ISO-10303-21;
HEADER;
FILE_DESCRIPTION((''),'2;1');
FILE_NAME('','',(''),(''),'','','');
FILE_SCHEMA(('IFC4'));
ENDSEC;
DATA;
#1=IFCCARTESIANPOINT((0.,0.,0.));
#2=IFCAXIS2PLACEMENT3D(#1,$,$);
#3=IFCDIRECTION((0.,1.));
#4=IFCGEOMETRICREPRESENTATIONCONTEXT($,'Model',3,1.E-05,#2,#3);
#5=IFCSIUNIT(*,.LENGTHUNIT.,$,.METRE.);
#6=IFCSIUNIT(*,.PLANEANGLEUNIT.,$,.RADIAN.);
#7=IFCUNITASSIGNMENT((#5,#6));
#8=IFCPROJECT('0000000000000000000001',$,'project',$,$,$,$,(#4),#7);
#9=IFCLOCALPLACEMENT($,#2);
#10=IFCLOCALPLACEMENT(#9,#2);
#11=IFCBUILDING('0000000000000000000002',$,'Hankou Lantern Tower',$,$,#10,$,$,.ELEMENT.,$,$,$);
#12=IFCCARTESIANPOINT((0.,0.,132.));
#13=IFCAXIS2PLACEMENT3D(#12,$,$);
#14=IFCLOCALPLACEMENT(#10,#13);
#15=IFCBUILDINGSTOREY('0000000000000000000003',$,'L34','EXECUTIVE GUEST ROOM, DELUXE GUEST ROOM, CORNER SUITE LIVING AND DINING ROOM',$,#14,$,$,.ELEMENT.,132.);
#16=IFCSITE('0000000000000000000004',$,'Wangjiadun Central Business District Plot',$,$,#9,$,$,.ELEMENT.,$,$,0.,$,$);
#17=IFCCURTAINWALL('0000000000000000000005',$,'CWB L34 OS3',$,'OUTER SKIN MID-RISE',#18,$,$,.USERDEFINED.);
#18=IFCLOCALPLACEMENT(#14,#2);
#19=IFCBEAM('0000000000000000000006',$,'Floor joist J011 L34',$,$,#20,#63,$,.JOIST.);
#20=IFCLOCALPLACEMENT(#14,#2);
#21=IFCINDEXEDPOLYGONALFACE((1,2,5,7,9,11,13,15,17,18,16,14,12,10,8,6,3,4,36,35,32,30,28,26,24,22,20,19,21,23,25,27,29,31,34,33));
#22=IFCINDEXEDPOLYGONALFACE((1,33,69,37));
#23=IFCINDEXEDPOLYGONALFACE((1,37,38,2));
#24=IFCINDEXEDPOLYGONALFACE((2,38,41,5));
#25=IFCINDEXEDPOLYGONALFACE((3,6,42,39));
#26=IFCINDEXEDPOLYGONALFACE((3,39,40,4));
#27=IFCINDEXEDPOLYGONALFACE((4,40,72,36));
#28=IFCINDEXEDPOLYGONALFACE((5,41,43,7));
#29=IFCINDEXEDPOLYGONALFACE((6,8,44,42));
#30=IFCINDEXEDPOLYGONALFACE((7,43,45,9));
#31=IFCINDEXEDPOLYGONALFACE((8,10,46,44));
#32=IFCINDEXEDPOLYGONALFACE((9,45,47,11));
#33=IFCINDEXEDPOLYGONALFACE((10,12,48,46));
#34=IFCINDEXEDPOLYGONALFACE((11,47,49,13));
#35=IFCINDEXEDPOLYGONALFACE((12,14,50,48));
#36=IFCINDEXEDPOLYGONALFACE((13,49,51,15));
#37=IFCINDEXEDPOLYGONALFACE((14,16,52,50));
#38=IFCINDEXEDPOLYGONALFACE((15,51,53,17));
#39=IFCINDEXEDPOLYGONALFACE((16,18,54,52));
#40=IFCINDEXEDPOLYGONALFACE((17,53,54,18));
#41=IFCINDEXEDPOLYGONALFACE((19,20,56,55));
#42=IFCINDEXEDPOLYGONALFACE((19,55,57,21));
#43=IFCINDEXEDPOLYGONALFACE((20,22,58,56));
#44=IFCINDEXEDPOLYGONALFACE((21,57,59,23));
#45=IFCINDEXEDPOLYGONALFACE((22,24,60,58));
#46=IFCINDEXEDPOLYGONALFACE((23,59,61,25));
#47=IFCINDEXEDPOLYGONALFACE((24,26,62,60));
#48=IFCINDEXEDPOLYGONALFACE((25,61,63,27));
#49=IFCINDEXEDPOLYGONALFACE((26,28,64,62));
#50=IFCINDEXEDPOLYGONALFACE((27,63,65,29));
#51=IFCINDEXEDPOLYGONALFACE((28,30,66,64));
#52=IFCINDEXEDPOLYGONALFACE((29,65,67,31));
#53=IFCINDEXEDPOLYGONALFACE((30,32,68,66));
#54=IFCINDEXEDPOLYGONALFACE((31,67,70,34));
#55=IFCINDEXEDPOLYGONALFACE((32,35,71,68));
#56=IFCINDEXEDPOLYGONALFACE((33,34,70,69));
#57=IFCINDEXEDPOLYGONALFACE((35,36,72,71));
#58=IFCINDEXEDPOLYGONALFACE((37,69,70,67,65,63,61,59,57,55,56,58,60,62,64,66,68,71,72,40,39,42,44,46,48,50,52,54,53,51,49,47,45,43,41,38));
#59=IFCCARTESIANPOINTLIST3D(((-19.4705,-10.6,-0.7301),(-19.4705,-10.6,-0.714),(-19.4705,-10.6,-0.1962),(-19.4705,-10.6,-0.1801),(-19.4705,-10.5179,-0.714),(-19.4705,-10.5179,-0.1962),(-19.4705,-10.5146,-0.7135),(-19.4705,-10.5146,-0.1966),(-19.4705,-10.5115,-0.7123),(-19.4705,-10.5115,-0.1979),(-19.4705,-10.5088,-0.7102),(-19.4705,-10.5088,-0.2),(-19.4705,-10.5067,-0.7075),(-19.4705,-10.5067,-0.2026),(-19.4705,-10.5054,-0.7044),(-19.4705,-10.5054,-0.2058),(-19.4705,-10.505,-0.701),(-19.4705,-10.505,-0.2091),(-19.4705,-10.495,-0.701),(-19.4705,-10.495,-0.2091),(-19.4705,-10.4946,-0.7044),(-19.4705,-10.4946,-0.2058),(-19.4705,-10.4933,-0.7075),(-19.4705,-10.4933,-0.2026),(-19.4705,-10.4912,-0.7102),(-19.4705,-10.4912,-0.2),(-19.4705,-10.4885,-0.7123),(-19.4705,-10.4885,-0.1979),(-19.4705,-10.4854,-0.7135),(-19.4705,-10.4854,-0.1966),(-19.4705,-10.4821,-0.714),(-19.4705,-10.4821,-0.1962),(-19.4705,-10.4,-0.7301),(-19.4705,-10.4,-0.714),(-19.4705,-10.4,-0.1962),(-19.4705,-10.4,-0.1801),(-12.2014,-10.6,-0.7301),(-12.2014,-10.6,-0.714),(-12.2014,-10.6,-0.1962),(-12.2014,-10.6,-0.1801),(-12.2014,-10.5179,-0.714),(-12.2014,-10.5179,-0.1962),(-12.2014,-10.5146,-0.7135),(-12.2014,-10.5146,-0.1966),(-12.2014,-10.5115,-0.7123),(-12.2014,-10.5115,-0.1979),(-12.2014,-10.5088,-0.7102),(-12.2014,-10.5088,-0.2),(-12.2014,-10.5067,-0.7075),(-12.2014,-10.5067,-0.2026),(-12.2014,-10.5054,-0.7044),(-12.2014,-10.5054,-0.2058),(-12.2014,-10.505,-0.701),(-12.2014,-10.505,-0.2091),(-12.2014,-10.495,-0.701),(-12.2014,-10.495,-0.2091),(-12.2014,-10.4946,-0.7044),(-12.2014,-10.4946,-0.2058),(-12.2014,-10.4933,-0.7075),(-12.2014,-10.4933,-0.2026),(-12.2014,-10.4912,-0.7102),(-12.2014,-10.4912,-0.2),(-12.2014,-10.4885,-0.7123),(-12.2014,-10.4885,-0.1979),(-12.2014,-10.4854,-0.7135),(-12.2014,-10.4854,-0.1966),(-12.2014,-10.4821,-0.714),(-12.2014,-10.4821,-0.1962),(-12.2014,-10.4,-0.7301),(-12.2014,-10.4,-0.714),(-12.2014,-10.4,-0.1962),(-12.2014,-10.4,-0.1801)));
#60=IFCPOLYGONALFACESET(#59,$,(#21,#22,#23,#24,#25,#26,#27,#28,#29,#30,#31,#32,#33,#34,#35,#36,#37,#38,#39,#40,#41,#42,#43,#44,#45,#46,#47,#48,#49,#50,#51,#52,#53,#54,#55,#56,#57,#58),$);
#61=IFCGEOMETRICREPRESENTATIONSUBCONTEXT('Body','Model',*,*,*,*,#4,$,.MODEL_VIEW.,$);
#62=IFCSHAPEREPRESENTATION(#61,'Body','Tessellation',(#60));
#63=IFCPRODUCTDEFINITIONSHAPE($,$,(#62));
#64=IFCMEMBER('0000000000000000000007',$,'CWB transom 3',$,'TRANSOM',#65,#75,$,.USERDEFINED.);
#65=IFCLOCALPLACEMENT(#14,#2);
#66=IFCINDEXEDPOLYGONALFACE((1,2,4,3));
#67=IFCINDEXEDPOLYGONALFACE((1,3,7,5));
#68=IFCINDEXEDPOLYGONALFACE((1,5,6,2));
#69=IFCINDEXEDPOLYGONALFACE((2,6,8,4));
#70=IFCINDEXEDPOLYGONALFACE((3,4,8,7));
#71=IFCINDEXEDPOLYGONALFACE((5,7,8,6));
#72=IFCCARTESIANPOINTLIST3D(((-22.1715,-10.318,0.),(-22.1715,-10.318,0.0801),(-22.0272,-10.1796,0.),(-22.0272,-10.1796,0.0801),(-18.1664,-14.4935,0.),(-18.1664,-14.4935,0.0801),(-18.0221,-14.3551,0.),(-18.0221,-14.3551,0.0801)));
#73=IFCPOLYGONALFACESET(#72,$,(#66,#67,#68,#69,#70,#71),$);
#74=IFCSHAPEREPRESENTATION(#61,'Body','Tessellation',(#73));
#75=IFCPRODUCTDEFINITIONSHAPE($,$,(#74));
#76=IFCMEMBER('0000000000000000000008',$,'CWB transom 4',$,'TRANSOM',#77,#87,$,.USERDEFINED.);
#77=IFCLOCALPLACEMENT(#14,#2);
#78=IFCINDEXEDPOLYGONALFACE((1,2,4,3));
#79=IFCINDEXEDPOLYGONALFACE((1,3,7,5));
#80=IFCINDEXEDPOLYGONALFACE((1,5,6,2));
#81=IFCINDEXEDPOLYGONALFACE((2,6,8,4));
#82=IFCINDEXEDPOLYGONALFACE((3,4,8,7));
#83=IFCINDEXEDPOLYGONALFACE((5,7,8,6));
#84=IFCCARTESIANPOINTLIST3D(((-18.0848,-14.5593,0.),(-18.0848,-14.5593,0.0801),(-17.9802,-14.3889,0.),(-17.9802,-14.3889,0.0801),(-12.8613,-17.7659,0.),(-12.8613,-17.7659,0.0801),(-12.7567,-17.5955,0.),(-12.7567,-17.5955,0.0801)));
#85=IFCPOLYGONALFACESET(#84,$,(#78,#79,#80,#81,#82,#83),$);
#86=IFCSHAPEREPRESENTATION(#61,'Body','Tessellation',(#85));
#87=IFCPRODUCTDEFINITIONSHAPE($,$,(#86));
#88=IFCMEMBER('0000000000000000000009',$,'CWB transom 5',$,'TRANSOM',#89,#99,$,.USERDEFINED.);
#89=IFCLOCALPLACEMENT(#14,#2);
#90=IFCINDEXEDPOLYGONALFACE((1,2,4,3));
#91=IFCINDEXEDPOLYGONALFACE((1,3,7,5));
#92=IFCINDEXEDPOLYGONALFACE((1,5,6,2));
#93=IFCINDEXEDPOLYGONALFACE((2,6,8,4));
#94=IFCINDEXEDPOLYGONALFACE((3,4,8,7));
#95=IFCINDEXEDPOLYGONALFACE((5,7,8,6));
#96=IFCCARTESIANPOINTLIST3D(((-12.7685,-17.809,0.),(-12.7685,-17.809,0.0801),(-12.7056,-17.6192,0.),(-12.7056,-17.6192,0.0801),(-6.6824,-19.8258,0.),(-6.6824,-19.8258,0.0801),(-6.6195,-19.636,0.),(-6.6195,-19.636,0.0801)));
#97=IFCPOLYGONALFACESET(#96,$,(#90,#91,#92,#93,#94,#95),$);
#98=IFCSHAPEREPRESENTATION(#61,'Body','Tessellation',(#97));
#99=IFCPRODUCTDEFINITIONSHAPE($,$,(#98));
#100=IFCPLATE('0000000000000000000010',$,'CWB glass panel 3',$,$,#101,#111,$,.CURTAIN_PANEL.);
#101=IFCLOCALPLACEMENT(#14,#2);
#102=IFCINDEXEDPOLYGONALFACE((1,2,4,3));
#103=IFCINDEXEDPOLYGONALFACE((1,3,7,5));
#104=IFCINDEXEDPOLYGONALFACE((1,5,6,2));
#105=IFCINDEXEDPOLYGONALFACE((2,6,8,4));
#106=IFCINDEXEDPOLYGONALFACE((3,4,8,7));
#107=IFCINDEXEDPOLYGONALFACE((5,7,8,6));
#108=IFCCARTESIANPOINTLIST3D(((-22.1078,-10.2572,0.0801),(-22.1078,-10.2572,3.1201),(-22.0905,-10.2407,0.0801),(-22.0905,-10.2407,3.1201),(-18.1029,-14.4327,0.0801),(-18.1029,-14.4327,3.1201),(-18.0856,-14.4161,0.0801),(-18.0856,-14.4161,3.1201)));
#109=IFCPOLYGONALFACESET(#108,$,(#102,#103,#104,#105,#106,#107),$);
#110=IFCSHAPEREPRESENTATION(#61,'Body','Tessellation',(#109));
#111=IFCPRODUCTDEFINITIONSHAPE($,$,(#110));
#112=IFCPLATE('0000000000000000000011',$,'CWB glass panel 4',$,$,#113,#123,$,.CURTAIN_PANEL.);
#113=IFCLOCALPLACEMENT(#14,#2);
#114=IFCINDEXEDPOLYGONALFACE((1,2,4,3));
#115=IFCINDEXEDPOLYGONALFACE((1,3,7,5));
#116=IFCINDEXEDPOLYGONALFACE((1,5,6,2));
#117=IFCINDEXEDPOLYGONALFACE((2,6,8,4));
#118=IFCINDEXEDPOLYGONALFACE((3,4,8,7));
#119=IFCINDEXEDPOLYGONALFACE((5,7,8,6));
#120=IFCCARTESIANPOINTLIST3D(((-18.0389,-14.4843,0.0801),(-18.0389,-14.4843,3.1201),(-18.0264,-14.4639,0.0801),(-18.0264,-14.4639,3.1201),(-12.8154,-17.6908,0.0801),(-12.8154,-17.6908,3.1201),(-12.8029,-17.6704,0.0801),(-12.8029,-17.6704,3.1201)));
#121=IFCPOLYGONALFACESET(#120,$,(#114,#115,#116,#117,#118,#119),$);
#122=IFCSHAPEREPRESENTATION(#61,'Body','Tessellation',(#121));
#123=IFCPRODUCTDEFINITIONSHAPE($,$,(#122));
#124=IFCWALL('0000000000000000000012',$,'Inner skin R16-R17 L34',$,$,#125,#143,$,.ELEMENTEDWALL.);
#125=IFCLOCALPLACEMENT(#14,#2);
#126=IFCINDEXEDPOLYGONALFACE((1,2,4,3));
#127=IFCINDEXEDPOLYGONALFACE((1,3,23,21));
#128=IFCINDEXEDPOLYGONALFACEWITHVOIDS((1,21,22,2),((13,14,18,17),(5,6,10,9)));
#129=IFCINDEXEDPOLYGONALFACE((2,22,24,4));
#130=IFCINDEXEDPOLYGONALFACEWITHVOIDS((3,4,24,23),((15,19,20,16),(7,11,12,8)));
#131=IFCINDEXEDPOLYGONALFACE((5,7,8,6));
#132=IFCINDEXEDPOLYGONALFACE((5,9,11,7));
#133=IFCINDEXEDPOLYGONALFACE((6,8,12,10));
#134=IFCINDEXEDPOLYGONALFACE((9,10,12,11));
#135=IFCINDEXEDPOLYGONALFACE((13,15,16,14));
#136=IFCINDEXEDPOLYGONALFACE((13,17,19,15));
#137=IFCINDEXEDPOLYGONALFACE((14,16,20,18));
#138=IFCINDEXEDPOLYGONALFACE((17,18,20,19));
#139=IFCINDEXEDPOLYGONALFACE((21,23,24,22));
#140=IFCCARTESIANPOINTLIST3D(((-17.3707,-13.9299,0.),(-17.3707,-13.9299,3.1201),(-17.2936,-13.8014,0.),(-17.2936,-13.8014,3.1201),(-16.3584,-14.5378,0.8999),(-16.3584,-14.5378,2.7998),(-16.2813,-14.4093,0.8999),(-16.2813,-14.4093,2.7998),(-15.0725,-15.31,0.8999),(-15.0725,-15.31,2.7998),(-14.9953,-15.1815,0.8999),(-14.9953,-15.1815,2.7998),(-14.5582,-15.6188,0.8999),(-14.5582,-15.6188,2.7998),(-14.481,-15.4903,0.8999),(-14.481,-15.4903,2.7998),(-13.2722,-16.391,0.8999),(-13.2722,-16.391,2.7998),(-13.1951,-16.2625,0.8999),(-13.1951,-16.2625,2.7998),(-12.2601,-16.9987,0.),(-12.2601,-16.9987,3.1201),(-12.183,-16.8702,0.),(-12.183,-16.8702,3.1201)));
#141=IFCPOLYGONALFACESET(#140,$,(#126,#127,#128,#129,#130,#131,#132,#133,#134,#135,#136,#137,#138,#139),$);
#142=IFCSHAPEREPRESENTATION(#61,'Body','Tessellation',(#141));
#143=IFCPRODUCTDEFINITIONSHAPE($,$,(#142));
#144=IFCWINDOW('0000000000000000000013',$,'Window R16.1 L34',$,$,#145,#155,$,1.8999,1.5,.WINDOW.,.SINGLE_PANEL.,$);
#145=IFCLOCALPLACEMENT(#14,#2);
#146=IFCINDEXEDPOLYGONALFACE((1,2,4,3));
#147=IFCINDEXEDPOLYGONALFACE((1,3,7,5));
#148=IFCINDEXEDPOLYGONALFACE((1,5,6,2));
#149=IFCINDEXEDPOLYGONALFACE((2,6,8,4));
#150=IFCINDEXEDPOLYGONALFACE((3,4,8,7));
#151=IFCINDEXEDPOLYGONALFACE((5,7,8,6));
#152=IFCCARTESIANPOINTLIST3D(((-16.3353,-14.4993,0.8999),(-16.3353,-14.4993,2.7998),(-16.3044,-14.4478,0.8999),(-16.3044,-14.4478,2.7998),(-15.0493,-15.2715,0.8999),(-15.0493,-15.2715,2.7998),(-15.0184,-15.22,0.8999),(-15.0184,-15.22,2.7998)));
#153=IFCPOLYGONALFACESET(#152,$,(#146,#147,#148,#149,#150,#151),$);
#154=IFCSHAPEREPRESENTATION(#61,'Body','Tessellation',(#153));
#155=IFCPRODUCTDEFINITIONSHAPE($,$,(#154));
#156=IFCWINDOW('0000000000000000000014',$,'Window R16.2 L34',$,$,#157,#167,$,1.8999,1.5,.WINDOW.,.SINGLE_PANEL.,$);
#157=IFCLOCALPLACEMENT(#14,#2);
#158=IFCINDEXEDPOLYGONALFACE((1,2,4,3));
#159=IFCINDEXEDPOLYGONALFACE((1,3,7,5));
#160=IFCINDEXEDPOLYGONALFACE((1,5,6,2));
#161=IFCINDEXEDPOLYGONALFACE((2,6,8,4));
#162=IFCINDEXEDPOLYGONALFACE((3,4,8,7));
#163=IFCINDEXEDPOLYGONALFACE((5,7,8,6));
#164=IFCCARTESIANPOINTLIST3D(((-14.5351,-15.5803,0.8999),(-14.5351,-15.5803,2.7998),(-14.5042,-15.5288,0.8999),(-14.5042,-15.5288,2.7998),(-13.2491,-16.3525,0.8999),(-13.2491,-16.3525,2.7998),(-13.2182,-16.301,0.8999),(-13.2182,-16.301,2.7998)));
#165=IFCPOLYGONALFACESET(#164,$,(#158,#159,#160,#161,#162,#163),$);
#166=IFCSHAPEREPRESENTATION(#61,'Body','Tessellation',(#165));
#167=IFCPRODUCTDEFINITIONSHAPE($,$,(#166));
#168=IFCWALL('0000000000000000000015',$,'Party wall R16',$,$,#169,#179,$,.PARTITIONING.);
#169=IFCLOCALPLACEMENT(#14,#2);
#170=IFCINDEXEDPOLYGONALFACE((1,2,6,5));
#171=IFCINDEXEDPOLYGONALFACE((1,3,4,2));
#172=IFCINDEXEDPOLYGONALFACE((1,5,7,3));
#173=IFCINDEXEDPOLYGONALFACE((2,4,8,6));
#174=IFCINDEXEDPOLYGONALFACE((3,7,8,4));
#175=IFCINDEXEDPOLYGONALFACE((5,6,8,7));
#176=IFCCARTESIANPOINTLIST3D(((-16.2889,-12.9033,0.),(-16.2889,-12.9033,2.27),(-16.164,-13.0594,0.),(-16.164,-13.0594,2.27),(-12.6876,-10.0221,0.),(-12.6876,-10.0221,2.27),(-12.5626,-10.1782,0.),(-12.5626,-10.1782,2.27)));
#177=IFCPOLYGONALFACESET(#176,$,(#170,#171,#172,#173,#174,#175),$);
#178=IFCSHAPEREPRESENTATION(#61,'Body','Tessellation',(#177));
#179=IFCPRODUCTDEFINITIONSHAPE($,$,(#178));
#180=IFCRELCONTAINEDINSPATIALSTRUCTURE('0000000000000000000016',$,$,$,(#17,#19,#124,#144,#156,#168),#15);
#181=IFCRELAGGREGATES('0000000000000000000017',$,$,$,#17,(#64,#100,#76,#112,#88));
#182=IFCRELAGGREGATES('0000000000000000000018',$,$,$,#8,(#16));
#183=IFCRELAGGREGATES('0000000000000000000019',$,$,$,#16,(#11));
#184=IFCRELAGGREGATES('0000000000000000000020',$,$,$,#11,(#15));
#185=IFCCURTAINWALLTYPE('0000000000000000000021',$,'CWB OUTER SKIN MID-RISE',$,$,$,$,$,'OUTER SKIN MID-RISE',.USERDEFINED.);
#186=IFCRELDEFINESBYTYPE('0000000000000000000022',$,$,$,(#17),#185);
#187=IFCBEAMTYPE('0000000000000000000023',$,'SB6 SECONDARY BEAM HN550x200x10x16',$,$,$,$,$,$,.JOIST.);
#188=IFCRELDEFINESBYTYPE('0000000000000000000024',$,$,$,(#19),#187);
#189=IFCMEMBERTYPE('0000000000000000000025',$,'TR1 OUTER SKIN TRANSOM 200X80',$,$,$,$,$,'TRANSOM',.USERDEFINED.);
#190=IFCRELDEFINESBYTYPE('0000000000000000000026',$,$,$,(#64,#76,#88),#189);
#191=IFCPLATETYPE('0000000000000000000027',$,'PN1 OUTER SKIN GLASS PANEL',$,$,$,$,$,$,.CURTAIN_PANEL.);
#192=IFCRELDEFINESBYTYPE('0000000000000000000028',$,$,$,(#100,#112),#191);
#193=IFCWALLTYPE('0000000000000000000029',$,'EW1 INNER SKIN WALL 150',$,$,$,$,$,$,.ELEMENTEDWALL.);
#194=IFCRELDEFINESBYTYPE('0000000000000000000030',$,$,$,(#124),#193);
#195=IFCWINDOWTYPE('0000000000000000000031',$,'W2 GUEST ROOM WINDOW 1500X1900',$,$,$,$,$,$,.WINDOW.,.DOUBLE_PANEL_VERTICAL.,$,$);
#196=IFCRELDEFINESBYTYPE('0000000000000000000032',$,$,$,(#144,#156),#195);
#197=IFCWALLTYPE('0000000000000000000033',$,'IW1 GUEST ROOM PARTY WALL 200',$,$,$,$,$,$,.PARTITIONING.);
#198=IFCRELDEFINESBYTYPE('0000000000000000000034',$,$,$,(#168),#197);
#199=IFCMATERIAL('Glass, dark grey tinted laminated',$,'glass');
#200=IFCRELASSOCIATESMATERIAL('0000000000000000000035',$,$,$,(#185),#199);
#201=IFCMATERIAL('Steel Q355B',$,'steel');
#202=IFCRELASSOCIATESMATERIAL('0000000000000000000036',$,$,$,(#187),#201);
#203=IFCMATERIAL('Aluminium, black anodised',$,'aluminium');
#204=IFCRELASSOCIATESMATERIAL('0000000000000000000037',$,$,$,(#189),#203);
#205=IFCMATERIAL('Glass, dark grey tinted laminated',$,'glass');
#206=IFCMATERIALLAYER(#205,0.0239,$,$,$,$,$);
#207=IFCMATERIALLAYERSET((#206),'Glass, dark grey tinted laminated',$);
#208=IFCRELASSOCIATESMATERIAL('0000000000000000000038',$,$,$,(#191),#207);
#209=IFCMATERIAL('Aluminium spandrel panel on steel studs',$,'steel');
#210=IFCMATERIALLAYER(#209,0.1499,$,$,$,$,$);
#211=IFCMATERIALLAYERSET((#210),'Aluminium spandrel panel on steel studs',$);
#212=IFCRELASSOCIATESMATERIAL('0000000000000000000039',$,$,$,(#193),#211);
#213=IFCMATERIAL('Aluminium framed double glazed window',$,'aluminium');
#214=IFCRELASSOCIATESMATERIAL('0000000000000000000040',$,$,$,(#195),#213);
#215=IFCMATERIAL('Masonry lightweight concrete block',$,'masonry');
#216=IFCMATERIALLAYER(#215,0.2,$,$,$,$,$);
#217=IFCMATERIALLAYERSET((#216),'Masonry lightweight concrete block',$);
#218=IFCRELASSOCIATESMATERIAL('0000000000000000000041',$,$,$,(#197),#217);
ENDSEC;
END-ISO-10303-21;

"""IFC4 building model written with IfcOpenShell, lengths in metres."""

from ifc_helpers import new_model, si_unit, direction, frame, frame_2d, origin, origin_2d, place, context, subcontext, project, spatial, rectangle, i_section, extrude, material, layer, layer_set, material_profile, profile_set, type_object, element, fill, aggregate, save


model = new_model("IFC4")

# Units and contexts
model_context = context("Model", 3, precision=1e-05, world=origin(), true_north=direction((0.0, 1.0)))
body_context = subcontext(model_context, "Body", "Model", "MODEL_VIEW")
ifc_project = project(units=[si_unit("LENGTHUNIT", "METRE"), si_unit("PLANEANGLEUNIT", "RADIAN")], contexts=[model_context])

# Site, building, storey
site_placement = place(None, origin())
site = spatial("IfcSite", under=ifc_project, at=site_placement, Name="Wangjiadun Central Business District Plot", CompositionType="ELEMENT", RefElevation=0.0)
building_placement = place(site_placement, origin())
building = spatial("IfcBuilding", under=site, at=building_placement, Name="Hankou Lantern Tower", CompositionType="ELEMENT")
storey_placement = place(building_placement, frame((0.0, 0.0, 132.0)))
storey = spatial("IfcBuildingStorey", under=building, at=storey_placement, Name="L34", Description="EXECUTIVE GUEST ROOM, DELUXE GUEST ROOM, CORNER SUITE LIVING AND DINING ROOM", CompositionType="ELEMENT", Elevation=132.0)

# Curtain wall
ifc_material_1 = material(Name="Glass, dark grey tinted laminated", Category="glass")
curtain_wall_type = type_object("IfcCurtainWallType", Name="CWB OUTER SKIN MID-RISE", ElementType="OUTER SKIN MID-RISE", PredefinedType="USERDEFINED", material=ifc_material_1)
curtain_wall_placement = place(storey_placement, origin())
curtain_wall = element("IfcCurtainWall", 1, at=curtain_wall_placement, inside=storey, type_object=curtain_wall_type, Name="CWB L34 OS3", ObjectType="OUTER SKIN MID-RISE", PredefinedType="USERDEFINED")

# Beam
ifc_material_2 = material(Name="Steel Q355B", Category="steel")
ifc_material_profile_1 = material_profile(ifc_material_2, i_section(OverallWidth=0.2, OverallDepth=0.55, WebThickness=0.01, FlangeThickness=0.0161, FilletRadius=0.0129, at=origin_2d()), Name="HN550x200x10x16")
ifc_profile_set_1 = profile_set([ifc_material_profile_1], Name="Steel Q355B")
beam_type_1 = type_object("IfcBeamType", Name="SB6 SECONDARY BEAM HN550x200x10x16", PredefinedType="JOIST", material=ifc_profile_set_1)
beam_1_placement = place(storey_placement, frame((-19.4705, -10.5, -0.4551), z_axis=(1.0, 0.0, 0.0), x_axis=(0.0, 1.0, 0.0)))
element("IfcBeam", 2, at=beam_1_placement, inside=storey, type_object=beam_type_1, Name="Floor joist J011 L34", PredefinedType="JOIST", context=body_context, shape_type="SweptSolid", body=[
    extrude(i_section(OverallWidth=0.2, OverallDepth=0.55, WebThickness=0.01, FlangeThickness=0.0161, FilletRadius=0.0129, at=origin_2d()), origin(), (0.0, 0.0, 1.0), 7.269),
])

# Members
ifc_material_3 = material(Name="Aluminium, black anodised", Category="aluminium")
ifc_material_profile_2 = material_profile(ifc_material_3, rectangle(XDim=0.2, YDim=0.0801, at=origin_2d()), Name="TR1 200X80")
ifc_profile_set_2 = profile_set([ifc_material_profile_2], Name="Aluminium, black anodised")
member_type_1 = type_object("IfcMemberType", Name="TR1 OUTER SKIN TRANSOM 200X80", ElementType="TRANSOM", PredefinedType="USERDEFINED", material=ifc_profile_set_2)
member_1_placement = place(storey_placement, frame((-22.0994, -10.2488, 0.04), z_axis=(0.692227, -0.72168, 0.0), x_axis=(0.72168, 0.692227, 0.0)))
member_1 = element("IfcMember", 3, at=member_1_placement, type_object=member_type_1, Name="CWB transom 3", ObjectType="TRANSOM", PredefinedType="USERDEFINED", context=body_context, shape_type="SweptSolid", body=[
    extrude(rectangle(XDim=0.2, YDim=0.0801, at=origin_2d()), origin(), (0.0, 0.0, 1.0), 5.7859),
])
member_2_placement = place(storey_placement, frame((-18.0325, -14.4741, 0.04), z_axis=(0.852229, -0.523168, 0.0), x_axis=(0.523168, 0.852229, 0.0)))
member_2 = element("IfcMember", 4, at=member_2_placement, type_object=member_type_1, Name="CWB transom 4", ObjectType="TRANSOM", PredefinedType="USERDEFINED", context=body_context, shape_type="SweptSolid", body=[
    extrude(rectangle(XDim=0.2, YDim=0.0801, at=origin_2d()), origin(), (0.0, 0.0, 1.0), 6.1292),
])
member_3_placement = place(storey_placement, frame((-12.7371, -17.7141, 0.04), z_axis=(0.949238, -0.314559, 0.0), x_axis=(0.314559, 0.949238, 0.0)))
member_3 = element("IfcMember", 5, at=member_3_placement, type_object=member_type_1, Name="CWB transom 5", ObjectType="TRANSOM", PredefinedType="USERDEFINED", context=body_context, shape_type="SweptSolid", body=[
    extrude(rectangle(XDim=0.2, YDim=0.0801, at=origin_2d()), origin(), (0.0, 0.0, 1.0), 6.4116),
])

# Plates
ifc_material_4 = material(Name="Glass, dark grey tinted laminated", Category="glass")
ifc_layer_1 = layer(ifc_material_4, 0.0239)
ifc_layer_set_1 = layer_set([ifc_layer_1], Name="Glass, dark grey tinted laminated")
plate_type = type_object("IfcPlateType", Name="PN1 OUTER SKIN GLASS PANEL", PredefinedType="CURTAIN_PANEL", material=ifc_layer_set_1)
plate_1_placement = place(storey_placement, frame((-20.0967, -12.3367, 0.0801), z_axis=(0.0, 0.0, 1.0), x_axis=(0.692216, -0.721691, 0.0)))
plate_1 = element("IfcPlate", 6, at=plate_1_placement, type_object=plate_type, Name="CWB glass panel 3", PredefinedType="CURTAIN_PANEL", context=body_context, shape_type="SweptSolid", body=[
    extrude(rectangle(XDim=5.7856, YDim=0.0239, at=origin_2d()), origin(), (0.0, 0.0, 1.0), 3.04),
])
plate_2_placement = place(storey_placement, frame((-15.4209, -16.0774, 0.0801), z_axis=(0.0, 0.0, 1.0), x_axis=(0.852237, -0.523156, 0.0)))
plate_2 = element("IfcPlate", 7, at=plate_2_placement, type_object=plate_type, Name="CWB glass panel 4", PredefinedType="CURTAIN_PANEL", context=body_context, shape_type="SweptSolid", body=[
    extrude(rectangle(XDim=6.1292, YDim=0.0239, at=origin_2d()), origin(), (0.0, 0.0, 1.0), 3.04),
])
aggregate(curtain_wall, [member_1, plate_1, member_2, plate_2, member_3])

# Wall, openings, windows
ifc_material_5 = material(Name="Aluminium spandrel panel on steel studs", Category="steel")
ifc_layer_2 = layer(ifc_material_5, 0.1499)
ifc_layer_set_2 = layer_set([ifc_layer_2], Name="Aluminium spandrel panel on steel studs")
wall_type_1 = type_object("IfcWallType", Name="EW1 INNER SKIN WALL 150", PredefinedType="ELEMENTEDWALL", material=ifc_layer_set_2)
wall_1_placement = place(storey_placement, frame((-17.332, -13.8657, 0.0), z_axis=(0.0, 0.0, 1.0), x_axis=(0.857309, -0.514803, 0.0)))
wall_1 = element("IfcWall", 8, at=wall_1_placement, inside=storey, type_object=wall_type_1, Name="Inner skin R16-R17 L34", PredefinedType="ELEMENTEDWALL", context=body_context, shape_type="SweptSolid", body=[
    extrude(rectangle(XDim=5.9612, YDim=0.1499, at=frame_2d((2.9805, 0.0))), origin(), (0.0, 0.0, 1.0), 3.1201),
])
opening_1_placement = place(wall_1_placement, frame((1.1807, 0.0, 0.8999)))
opening_1 = element("IfcOpeningElement", 9, at=opening_1_placement, cuts=wall_1, PredefinedType="OPENING", context=body_context, shape_type="SweptSolid", body=[
    extrude(rectangle(XDim=1.5, YDim=1.8999, at=frame_2d((0.75, 0.95))), frame((0.0, 0.085, 0.0), z_axis=(0.0, -1.0, 0.0), x_axis=(1.0, 0.0, 0.0)), (0.0, 0.0, 1.0), 0.1699),
])
opening_2_placement = place(wall_1_placement, frame((3.2805, 0.0, 0.8999)))
opening_2 = element("IfcOpeningElement", 10, at=opening_2_placement, cuts=wall_1, PredefinedType="OPENING", context=body_context, shape_type="SweptSolid", body=[
    extrude(rectangle(XDim=1.5, YDim=1.8999, at=frame_2d((0.75, 0.95))), frame((0.0, 0.085, 0.0), z_axis=(0.0, -1.0, 0.0), x_axis=(1.0, 0.0, 0.0)), (0.0, 0.0, 1.0), 0.1699),
])
ifc_material_6 = material(Name="Aluminium framed double glazed window", Category="aluminium")
window_type = type_object("IfcWindowType", Name="W2 GUEST ROOM WINDOW 1500X1900", PartitioningType="DOUBLE_PANEL_VERTICAL", PredefinedType="WINDOW", material=ifc_material_6)
window_1_placement = place(opening_1_placement, origin())
window_1 = element("IfcWindow", 11, at=window_1_placement, inside=storey, type_object=window_type, Name="Window R16.1 L34", OverallHeight=1.8999, OverallWidth=1.5, PartitioningType="SINGLE_PANEL", PredefinedType="WINDOW", context=body_context, shape_type="SweptSolid", body=[
    extrude(rectangle(XDim=1.5, YDim=1.8999, at=frame_2d((0.75, 0.95))), frame((0.0, 0.03, 0.0), z_axis=(0.0, -1.0, 0.0), x_axis=(1.0, 0.0, 0.0)), (0.0, 0.0, 1.0), 0.0601),
])
fill(opening_1, window_1)
window_2_placement = place(opening_2_placement, origin())
window_2 = element("IfcWindow", 12, at=window_2_placement, inside=storey, type_object=window_type, Name="Window R16.2 L34", OverallHeight=1.8999, OverallWidth=1.5, PartitioningType="SINGLE_PANEL", PredefinedType="WINDOW", context=body_context, shape_type="SweptSolid", body=[
    extrude(rectangle(XDim=1.5, YDim=1.8999, at=frame_2d((0.75, 0.95))), frame((0.0, 0.03, 0.0), z_axis=(0.0, -1.0, 0.0), x_axis=(1.0, 0.0, 0.0)), (0.0, 0.0, 1.0), 0.0601),
])
fill(opening_2, window_2)

# Wall
ifc_material_7 = material(Name="Masonry lightweight concrete block", Category="masonry")
ifc_layer_3 = layer(ifc_material_7, 0.2)
ifc_layer_set_3 = layer_set([ifc_layer_3], Name="Masonry lightweight concrete block")
wall_type_2 = type_object("IfcWallType", Name="IW1 GUEST ROOM PARTY WALL 200", PredefinedType="PARTITIONING", material=ifc_layer_set_3)
wall_2_placement = place(storey_placement, frame((-12.625, -10.1001, 0.0), z_axis=(0.0, 0.0, 1.0), x_axis=(-0.780864, -0.624702, 0.0)))
element("IfcWall", 13, at=wall_2_placement, inside=storey, type_object=wall_type_2, Name="Party wall R16", PredefinedType="PARTITIONING", context=body_context, shape_type="SweptSolid", body=[
    extrude(rectangle(XDim=4.6121, YDim=0.2, at=frame_2d((2.3062, 0.0))), origin(), (0.0, 0.0, 1.0), 2.27),
])

save(model, "model.ifc")
